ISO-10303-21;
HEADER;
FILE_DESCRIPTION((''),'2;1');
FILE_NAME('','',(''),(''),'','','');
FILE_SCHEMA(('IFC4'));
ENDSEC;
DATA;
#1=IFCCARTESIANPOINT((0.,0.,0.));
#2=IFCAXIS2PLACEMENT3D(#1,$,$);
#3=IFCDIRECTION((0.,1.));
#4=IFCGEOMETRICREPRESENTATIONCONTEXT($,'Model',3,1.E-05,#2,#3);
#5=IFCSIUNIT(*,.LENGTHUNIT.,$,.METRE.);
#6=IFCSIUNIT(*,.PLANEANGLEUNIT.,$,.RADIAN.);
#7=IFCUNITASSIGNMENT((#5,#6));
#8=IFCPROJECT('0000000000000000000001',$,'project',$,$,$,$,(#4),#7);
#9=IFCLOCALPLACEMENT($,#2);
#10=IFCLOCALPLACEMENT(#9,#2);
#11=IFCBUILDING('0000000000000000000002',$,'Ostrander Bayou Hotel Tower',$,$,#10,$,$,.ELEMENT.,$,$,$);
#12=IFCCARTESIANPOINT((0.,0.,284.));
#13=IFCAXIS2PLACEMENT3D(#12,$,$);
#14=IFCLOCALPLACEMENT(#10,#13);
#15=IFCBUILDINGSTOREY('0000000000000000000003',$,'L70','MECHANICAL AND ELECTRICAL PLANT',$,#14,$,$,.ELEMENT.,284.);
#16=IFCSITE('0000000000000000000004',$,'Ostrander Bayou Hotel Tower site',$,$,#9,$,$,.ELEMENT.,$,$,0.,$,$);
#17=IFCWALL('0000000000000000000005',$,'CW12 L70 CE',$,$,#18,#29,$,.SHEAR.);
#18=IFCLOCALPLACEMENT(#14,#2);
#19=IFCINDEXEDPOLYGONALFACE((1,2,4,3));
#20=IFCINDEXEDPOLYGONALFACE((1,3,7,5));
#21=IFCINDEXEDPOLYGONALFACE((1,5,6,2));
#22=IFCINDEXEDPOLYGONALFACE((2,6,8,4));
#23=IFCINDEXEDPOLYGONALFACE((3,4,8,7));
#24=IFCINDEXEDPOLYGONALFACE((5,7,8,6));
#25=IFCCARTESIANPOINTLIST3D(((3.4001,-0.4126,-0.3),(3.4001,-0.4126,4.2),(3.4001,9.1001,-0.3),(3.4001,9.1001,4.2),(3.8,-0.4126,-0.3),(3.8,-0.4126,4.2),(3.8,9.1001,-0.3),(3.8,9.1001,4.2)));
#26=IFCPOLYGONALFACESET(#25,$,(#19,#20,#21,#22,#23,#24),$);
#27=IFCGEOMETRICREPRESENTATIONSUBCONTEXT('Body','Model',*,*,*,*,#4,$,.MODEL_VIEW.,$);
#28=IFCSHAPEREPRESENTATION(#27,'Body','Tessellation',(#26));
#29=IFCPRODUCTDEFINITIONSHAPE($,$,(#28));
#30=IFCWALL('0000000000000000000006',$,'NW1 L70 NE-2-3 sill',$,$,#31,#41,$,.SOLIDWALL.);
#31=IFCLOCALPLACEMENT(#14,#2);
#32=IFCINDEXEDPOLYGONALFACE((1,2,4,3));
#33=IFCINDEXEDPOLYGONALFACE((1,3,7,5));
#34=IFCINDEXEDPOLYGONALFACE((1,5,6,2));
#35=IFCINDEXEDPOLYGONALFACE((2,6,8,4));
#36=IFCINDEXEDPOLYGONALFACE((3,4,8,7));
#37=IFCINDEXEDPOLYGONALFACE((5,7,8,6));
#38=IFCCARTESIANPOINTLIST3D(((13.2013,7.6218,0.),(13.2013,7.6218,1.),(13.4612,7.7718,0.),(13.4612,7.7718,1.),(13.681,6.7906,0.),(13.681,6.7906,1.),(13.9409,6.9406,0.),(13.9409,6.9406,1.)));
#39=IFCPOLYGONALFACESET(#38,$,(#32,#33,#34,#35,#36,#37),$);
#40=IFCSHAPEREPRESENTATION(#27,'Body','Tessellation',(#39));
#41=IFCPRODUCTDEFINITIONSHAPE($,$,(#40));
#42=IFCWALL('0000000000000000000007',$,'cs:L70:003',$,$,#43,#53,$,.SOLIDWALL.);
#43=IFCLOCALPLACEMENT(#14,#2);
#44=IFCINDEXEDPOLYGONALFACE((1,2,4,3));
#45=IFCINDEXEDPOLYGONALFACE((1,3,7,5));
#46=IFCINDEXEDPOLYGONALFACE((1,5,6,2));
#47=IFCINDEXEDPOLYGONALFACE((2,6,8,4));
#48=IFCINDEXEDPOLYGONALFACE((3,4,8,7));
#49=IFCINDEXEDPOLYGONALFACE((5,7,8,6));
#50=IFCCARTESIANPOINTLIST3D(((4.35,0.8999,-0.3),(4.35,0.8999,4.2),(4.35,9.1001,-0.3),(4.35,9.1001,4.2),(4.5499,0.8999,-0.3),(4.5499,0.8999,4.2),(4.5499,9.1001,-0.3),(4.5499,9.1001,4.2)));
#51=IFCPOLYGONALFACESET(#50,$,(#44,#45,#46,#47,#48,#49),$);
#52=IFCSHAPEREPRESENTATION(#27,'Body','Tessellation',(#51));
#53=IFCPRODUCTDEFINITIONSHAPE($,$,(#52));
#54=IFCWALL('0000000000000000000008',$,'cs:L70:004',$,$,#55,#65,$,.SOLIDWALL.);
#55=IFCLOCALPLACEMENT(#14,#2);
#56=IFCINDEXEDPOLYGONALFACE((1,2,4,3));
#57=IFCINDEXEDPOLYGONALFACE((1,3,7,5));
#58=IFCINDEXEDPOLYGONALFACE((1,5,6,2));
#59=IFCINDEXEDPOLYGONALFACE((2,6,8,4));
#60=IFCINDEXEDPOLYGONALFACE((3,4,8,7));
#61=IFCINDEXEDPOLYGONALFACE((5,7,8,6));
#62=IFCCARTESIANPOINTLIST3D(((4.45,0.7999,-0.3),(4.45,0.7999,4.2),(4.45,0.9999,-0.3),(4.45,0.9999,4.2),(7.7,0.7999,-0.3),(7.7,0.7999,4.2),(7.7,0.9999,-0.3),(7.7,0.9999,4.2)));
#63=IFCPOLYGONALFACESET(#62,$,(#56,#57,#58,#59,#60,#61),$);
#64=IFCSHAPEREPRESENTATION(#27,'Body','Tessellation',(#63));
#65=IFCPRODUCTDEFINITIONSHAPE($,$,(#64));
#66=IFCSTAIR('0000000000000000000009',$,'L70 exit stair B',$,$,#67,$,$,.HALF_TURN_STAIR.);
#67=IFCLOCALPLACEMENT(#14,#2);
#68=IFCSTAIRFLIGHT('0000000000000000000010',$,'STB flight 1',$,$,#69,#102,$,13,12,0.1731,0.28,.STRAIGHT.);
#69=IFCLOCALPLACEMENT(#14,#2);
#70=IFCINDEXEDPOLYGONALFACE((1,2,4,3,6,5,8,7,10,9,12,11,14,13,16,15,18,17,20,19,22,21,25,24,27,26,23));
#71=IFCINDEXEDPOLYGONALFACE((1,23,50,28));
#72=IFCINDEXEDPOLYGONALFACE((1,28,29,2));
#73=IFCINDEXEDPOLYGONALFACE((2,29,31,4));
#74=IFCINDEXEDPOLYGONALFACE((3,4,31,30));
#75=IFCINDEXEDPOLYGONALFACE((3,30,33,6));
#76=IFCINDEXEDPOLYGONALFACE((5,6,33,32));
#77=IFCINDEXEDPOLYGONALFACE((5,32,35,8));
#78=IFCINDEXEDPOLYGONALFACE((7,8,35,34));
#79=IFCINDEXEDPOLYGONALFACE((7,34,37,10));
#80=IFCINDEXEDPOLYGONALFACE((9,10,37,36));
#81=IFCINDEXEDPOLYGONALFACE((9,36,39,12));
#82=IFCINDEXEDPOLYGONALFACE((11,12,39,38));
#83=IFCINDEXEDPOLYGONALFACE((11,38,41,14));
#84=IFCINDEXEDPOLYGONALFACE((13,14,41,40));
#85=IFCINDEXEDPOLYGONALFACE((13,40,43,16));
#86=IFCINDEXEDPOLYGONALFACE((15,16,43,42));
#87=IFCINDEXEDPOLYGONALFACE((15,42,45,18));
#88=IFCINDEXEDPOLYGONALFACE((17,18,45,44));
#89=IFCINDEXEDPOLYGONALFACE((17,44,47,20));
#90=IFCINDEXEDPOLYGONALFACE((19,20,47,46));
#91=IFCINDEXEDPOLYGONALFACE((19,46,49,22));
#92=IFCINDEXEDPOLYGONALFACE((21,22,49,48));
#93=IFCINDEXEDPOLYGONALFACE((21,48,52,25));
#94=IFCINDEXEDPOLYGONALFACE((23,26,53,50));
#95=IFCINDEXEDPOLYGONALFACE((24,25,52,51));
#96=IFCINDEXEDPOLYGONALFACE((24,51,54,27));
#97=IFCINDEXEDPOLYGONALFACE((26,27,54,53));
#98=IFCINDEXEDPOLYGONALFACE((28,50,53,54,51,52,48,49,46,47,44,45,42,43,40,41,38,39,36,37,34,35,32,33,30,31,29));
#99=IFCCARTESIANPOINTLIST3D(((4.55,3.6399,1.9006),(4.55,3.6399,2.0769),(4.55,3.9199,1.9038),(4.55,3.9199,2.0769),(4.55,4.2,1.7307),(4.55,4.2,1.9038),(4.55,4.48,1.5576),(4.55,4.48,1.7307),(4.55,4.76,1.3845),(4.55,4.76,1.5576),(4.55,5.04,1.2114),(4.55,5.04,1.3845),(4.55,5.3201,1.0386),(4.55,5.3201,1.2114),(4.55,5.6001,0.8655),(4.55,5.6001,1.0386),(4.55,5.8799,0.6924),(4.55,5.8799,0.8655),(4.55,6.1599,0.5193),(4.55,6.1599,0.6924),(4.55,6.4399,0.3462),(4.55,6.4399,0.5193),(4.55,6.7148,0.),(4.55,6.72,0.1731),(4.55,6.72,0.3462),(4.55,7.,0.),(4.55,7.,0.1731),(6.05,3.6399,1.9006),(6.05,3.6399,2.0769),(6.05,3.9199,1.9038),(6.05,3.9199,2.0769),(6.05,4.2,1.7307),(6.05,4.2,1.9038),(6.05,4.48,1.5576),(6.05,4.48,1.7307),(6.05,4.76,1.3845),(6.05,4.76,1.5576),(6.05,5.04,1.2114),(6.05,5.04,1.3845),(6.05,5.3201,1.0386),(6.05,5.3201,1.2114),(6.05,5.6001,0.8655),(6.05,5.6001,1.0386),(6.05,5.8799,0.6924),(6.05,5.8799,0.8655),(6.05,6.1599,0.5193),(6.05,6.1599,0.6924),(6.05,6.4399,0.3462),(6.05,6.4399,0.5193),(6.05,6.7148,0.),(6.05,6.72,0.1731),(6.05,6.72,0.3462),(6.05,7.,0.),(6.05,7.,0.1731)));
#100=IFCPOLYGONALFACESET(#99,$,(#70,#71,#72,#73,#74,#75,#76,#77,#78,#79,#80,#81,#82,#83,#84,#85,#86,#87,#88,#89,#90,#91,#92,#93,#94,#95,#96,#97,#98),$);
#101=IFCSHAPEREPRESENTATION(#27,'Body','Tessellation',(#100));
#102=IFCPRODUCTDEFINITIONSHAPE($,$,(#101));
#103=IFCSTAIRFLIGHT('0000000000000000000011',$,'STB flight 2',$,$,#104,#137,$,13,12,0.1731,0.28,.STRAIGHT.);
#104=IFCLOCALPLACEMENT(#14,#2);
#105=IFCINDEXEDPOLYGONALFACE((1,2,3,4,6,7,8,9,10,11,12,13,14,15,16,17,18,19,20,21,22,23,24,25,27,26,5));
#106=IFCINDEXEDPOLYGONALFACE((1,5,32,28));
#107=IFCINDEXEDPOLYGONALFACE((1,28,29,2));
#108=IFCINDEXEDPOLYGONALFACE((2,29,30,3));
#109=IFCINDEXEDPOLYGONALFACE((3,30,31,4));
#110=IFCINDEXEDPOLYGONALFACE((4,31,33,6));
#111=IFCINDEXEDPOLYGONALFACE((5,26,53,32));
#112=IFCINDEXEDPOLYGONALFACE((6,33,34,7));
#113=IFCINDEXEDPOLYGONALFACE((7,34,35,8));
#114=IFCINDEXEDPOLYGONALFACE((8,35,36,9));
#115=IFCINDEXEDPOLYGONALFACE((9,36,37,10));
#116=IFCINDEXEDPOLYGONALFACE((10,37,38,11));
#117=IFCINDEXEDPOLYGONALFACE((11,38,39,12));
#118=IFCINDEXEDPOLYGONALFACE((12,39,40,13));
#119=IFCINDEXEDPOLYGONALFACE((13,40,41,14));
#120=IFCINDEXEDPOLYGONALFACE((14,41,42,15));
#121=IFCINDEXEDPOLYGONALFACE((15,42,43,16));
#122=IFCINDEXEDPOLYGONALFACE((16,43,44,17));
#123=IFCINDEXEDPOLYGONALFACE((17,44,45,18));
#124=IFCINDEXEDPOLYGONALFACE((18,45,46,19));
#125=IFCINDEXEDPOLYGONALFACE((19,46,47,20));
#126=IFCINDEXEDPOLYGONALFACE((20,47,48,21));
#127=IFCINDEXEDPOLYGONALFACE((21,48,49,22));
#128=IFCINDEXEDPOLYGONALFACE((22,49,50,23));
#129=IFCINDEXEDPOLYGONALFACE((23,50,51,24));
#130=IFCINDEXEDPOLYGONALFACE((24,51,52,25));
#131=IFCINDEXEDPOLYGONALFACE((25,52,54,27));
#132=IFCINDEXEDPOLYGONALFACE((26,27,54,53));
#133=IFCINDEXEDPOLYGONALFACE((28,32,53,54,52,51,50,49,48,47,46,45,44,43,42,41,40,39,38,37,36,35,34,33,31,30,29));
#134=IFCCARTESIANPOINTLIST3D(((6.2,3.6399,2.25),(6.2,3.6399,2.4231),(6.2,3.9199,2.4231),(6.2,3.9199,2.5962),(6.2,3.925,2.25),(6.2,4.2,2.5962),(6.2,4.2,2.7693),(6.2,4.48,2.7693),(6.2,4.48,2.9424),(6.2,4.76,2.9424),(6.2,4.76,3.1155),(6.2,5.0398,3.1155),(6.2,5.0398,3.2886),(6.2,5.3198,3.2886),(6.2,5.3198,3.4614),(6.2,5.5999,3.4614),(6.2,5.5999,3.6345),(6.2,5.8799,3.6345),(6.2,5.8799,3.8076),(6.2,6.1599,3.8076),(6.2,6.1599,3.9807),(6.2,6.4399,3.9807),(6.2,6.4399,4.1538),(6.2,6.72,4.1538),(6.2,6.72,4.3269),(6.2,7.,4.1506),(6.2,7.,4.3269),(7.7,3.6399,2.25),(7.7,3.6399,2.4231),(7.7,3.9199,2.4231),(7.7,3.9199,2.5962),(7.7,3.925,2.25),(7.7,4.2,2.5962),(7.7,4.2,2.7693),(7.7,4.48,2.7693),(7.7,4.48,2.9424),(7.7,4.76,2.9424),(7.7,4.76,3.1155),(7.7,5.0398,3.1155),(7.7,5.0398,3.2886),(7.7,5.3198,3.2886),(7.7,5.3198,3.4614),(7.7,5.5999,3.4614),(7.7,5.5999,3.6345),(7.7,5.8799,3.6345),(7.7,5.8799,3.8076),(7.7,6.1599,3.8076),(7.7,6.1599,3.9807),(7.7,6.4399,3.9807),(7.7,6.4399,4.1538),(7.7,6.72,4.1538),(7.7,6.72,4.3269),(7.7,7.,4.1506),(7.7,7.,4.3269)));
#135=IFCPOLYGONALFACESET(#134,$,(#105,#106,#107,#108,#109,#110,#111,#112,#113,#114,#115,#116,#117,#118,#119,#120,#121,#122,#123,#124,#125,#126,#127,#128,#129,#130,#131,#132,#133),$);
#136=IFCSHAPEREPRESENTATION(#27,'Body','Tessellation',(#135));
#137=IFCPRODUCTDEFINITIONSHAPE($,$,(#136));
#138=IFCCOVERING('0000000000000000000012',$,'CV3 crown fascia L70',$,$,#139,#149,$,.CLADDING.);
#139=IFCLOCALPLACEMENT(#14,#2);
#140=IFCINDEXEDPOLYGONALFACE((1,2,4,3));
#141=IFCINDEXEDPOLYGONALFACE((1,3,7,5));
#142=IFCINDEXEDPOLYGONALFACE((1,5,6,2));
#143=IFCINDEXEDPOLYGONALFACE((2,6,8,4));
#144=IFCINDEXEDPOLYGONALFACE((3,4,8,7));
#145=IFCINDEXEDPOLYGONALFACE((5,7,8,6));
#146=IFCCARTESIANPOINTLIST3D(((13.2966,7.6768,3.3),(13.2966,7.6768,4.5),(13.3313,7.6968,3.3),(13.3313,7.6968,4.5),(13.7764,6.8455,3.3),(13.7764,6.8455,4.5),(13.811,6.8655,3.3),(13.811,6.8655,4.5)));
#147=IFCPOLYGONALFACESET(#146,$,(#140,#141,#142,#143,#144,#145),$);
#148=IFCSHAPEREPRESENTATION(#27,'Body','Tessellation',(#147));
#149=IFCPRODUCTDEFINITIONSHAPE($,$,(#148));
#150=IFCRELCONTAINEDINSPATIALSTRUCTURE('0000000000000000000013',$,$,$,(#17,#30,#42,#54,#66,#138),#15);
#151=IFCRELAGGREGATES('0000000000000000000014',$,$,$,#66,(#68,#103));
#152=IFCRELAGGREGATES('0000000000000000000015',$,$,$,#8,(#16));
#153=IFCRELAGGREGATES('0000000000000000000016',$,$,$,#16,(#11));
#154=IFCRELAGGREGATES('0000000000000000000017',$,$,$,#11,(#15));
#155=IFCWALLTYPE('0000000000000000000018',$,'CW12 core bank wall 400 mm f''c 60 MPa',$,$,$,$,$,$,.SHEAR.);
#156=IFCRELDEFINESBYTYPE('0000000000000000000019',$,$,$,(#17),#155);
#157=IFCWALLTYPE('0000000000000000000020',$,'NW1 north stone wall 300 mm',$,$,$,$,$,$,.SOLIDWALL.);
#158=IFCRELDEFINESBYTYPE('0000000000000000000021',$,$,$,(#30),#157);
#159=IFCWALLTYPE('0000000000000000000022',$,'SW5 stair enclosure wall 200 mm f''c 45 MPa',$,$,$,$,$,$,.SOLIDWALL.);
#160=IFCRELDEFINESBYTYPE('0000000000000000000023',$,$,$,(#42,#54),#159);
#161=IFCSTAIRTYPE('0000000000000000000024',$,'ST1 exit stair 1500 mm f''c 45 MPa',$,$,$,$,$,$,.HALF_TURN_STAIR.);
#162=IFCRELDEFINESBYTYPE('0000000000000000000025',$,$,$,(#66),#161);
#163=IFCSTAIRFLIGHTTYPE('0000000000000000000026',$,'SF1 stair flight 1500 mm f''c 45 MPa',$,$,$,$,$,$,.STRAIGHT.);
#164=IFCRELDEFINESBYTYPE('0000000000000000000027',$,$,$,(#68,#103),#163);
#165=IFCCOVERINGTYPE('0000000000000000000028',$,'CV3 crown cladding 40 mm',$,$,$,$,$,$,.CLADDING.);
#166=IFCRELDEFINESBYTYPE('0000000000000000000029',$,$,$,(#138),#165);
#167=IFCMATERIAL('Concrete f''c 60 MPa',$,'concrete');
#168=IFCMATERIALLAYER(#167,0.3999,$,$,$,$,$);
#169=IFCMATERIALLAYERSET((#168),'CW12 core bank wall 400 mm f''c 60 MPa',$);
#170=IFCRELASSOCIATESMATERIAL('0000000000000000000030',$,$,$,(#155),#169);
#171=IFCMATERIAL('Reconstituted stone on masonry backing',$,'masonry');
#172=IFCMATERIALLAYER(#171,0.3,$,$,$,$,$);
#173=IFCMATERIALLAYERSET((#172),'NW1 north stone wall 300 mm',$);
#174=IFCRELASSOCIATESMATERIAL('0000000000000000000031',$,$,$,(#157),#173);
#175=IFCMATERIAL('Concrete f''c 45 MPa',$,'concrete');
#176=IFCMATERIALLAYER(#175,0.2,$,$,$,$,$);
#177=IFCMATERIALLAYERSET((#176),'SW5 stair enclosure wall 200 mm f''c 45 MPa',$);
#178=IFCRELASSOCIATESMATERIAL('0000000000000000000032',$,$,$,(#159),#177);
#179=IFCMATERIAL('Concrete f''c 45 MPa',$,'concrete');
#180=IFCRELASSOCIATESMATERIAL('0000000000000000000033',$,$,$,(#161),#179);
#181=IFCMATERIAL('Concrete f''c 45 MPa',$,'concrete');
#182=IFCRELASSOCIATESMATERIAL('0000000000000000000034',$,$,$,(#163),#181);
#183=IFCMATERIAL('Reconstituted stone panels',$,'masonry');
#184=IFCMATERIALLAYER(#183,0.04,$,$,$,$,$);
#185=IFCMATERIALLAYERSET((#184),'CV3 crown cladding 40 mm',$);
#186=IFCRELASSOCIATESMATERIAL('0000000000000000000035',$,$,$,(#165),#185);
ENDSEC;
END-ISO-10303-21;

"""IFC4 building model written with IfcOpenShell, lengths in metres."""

from ifc_helpers import new_model, si_unit, direction, frame, frame_2d, origin, place, context, subcontext, project, spatial, polyline, rectangle, outline, extrude, material, layer, layer_set, type_object, element, aggregate, save


model = new_model("IFC4")

# Units and contexts
model_context = context("Model", 3, precision=1e-05, world=origin(), true_north=direction((0.0, 1.0)))
body_context = subcontext(model_context, "Body", "Model", "MODEL_VIEW")
ifc_project = project(units=[si_unit("LENGTHUNIT", "METRE"), si_unit("PLANEANGLEUNIT", "RADIAN")], contexts=[model_context])

# Site, building, storey
site_placement = place(None, origin())
site = spatial("IfcSite", under=ifc_project, at=site_placement, Name="Ostrander Bayou Hotel Tower site", CompositionType="ELEMENT", RefElevation=0.0)
building_placement = place(site_placement, origin())
building = spatial("IfcBuilding", under=site, at=building_placement, Name="Ostrander Bayou Hotel Tower", CompositionType="ELEMENT")
storey_placement = place(building_placement, frame((0.0, 0.0, 284.0)))
storey = spatial("IfcBuildingStorey", under=building, at=storey_placement, Name="L70", Description="MECHANICAL AND ELECTRICAL PLANT", CompositionType="ELEMENT", Elevation=284.0)

# Walls
ifc_material_1 = material(Name="Concrete f'c 60 MPa", Category="concrete")
ifc_layer_1 = layer(ifc_material_1, 0.3999)
ifc_layer_set_1 = layer_set([ifc_layer_1], Name="CW12 core bank wall 400 mm f'c 60 MPa")
wall_type_1 = type_object("IfcWallType", Name="CW12 core bank wall 400 mm f'c 60 MPa", PredefinedType="SHEAR", material=ifc_layer_set_1)
wall_1_placement = place(storey_placement, frame((3.6001, -0.4126, -0.3), z_axis=(0.0, 0.0, 1.0), x_axis=(0.0, 1.0, 0.0)))
element("IfcWall", 1, at=wall_1_placement, inside=storey, type_object=wall_type_1, Name="CW12 L70 CE", PredefinedType="SHEAR", context=body_context, shape_type="SweptSolid", body=[
    extrude(rectangle(XDim=9.5127, YDim=0.3999, at=frame_2d((4.7563, 0.0))), origin(), (0.0, 0.0, 1.0), 4.5),
])
ifc_material_2 = material(Name="Reconstituted stone on masonry backing", Category="masonry")
ifc_layer_2 = layer(ifc_material_2, 0.3)
ifc_layer_set_2 = layer_set([ifc_layer_2], Name="NW1 north stone wall 300 mm")
wall_type_2 = type_object("IfcWallType", Name="NW1 north stone wall 300 mm", PredefinedType="SOLIDWALL", material=ifc_layer_set_2)
wall_2_placement = place(storey_placement, frame((13.811, 6.8655, 0.0), z_axis=(0.0, 0.0, 1.0), x_axis=(-0.499833, 0.866122, 0.0)))
element("IfcWall", 2, at=wall_2_placement, inside=storey, type_object=wall_type_2, Name="NW1 L70 NE-2-3 sill", PredefinedType="SOLIDWALL", context=body_context, shape_type="SweptSolid", body=[
    extrude(rectangle(XDim=0.9597, YDim=0.3, at=frame_2d((0.48, 0.0))), origin(), (0.0, 0.0, 1.0), 1.0),
])

# Walls
ifc_material_3 = material(Name="Concrete f'c 45 MPa", Category="concrete")
ifc_layer_3 = layer(ifc_material_3, 0.2)
ifc_layer_set_3 = layer_set([ifc_layer_3], Name="SW5 stair enclosure wall 200 mm f'c 45 MPa")
wall_type_3 = type_object("IfcWallType", Name="SW5 stair enclosure wall 200 mm f'c 45 MPa", PredefinedType="SOLIDWALL", material=ifc_layer_set_3)
wall_3_placement = place(storey_placement, frame((4.45, 0.8999, -0.3), z_axis=(0.0, 0.0, 1.0), x_axis=(0.0, 1.0, 0.0)))
element("IfcWall", 3, at=wall_3_placement, inside=storey, type_object=wall_type_3, Name="cs:L70:003", PredefinedType="SOLIDWALL", context=body_context, shape_type="SweptSolid", body=[
    extrude(rectangle(XDim=8.2002, YDim=0.2, at=frame_2d((4.1001, 0.0))), origin(), (0.0, 0.0, 1.0), 4.5),
])
wall_4_placement = place(storey_placement, frame((4.45, 0.8999, -0.3), z_axis=(0.0, 0.0, 1.0), x_axis=(1.0, 0.0, 0.0)))
element("IfcWall", 4, at=wall_4_placement, inside=storey, type_object=wall_type_3, Name="cs:L70:004", PredefinedType="SOLIDWALL", context=body_context, shape_type="SweptSolid", body=[
    extrude(rectangle(XDim=3.25, YDim=0.2, at=frame_2d((1.625, 0.0))), origin(), (0.0, 0.0, 1.0), 4.5),
])

# Stair, stair flights
ifc_material_4 = material(Name="Concrete f'c 45 MPa", Category="concrete")
stair_type = type_object("IfcStairType", Name="ST1 exit stair 1500 mm f'c 45 MPa", PredefinedType="HALF_TURN_STAIR", material=ifc_material_4)
stair_placement = place(storey_placement, origin())
stair = element("IfcStair", 5, at=stair_placement, inside=storey, type_object=stair_type, Name="L70 exit stair B", PredefinedType="HALF_TURN_STAIR")
ifc_material_5 = material(Name="Concrete f'c 45 MPa", Category="concrete")
stair_flight_type = type_object("IfcStairFlightType", Name="SF1 stair flight 1500 mm f'c 45 MPa", PredefinedType="STRAIGHT", material=ifc_material_5)
stair_flight_1_placement = place(storey_placement, frame((5.3, 7.0, 0.0), z_axis=(0.0, 0.0, 1.0), x_axis=(0.0, -1.0, 0.0)))
stair_flight_1 = element("IfcStairFlight", 6, at=stair_flight_1_placement, type_object=stair_flight_type, Name="STB flight 1", NumberOfRisers=13, NumberOfTreads=12, PredefinedType="STRAIGHT", RiserHeight=0.1731, TreadLength=0.28, context=body_context, shape_type="SweptSolid", body=[
    extrude(outline(polyline([(0.0, 0.0), (0.0, 0.1731), (0.28, 0.1731), (0.28, 0.3462), (0.5601, 0.3462), (0.5601, 0.5193), (0.8401, 0.5193), (0.8401, 0.6924), (1.1201, 0.6924), (1.1201, 0.8655), (1.3999, 0.8655), (1.3999, 1.0386), (1.6799, 1.0386), (1.6799, 1.2114), (1.96, 1.2114), (1.96, 1.3845), (2.24, 1.3845), (2.24, 1.5576), (2.52, 1.5576), (2.52, 1.7307), (2.8, 1.7307), (2.8, 1.9038), (3.0801, 1.9038), (3.0801, 2.0769), (3.3601, 2.0769), (3.3601, 2.25), (3.3601, 1.9006), (0.2852, 0.0), (0.0, 0.0)])), frame((0.0, 0.75, 0.0), z_axis=(0.0, -1.0, 0.0), x_axis=(1.0, 0.0, 0.0)), (0.0, 0.0, 1.0), 1.5),
])
stair_flight_2_placement = place(storey_placement, frame((6.95, 3.6399, 2.25), z_axis=(0.0, 0.0, 1.0), x_axis=(0.0, 1.0, 0.0)))
stair_flight_2 = element("IfcStairFlight", 7, at=stair_flight_2_placement, type_object=stair_flight_type, Name="STB flight 2", NumberOfRisers=13, NumberOfTreads=12, PredefinedType="STRAIGHT", RiserHeight=0.1731, TreadLength=0.28, context=body_context, shape_type="SweptSolid", body=[
    extrude(outline(polyline([(0.0, 0.0), (0.0, 0.1731), (0.28, 0.1731), (0.28, 0.3462), (0.5601, 0.3462), (0.5601, 0.5193), (0.8401, 0.5193), (0.8401, 0.6924), (1.1201, 0.6924), (1.1201, 0.8655), (1.3999, 0.8655), (1.3999, 1.0386), (1.6799, 1.0386), (1.6799, 1.2114), (1.96, 1.2114), (1.96, 1.3845), (2.24, 1.3845), (2.24, 1.5576), (2.52, 1.5576), (2.52, 1.7307), (2.8, 1.7307), (2.8, 1.9038), (3.0801, 1.9038), (3.0801, 2.0769), (3.3601, 2.0769), (3.3601, 2.25), (3.3601, 1.9006), (0.2852, 0.0), (0.0, 0.0)])), frame((0.0, 0.75, 0.0), z_axis=(0.0, -1.0, 0.0), x_axis=(1.0, 0.0, 0.0)), (0.0, 0.0, 1.0), 1.5),
])
aggregate(stair, [stair_flight_1, stair_flight_2])

# Covering
ifc_material_6 = material(Name="Reconstituted stone panels", Category="masonry")
ifc_layer_4 = layer(ifc_material_6, 0.04)
ifc_layer_set_4 = layer_set([ifc_layer_4], Name="CV3 crown cladding 40 mm")
covering_type = type_object("IfcCoveringType", Name="CV3 crown cladding 40 mm", PredefinedType="CLADDING", material=ifc_layer_set_4)
covering_placement = place(storey_placement, frame((13.811, 6.8655, 3.3), z_axis=(0.866122, 0.499833, 0.0), x_axis=(-0.499833, 0.866122, 0.0)))
element("IfcCovering", 8, at=covering_placement, inside=storey, type_object=covering_type, Name="CV3 crown fascia L70", PredefinedType="CLADDING", context=body_context, shape_type="SweptSolid", body=[
    extrude(outline(polyline([(0.0, 0.0), (0.9598, 0.0), (0.9598, 1.2), (0.0, 1.2), (0.0, 0.0)])), origin(), (0.0, 0.0, -1.0), 0.04),
])

save(model, "model.ifc")
